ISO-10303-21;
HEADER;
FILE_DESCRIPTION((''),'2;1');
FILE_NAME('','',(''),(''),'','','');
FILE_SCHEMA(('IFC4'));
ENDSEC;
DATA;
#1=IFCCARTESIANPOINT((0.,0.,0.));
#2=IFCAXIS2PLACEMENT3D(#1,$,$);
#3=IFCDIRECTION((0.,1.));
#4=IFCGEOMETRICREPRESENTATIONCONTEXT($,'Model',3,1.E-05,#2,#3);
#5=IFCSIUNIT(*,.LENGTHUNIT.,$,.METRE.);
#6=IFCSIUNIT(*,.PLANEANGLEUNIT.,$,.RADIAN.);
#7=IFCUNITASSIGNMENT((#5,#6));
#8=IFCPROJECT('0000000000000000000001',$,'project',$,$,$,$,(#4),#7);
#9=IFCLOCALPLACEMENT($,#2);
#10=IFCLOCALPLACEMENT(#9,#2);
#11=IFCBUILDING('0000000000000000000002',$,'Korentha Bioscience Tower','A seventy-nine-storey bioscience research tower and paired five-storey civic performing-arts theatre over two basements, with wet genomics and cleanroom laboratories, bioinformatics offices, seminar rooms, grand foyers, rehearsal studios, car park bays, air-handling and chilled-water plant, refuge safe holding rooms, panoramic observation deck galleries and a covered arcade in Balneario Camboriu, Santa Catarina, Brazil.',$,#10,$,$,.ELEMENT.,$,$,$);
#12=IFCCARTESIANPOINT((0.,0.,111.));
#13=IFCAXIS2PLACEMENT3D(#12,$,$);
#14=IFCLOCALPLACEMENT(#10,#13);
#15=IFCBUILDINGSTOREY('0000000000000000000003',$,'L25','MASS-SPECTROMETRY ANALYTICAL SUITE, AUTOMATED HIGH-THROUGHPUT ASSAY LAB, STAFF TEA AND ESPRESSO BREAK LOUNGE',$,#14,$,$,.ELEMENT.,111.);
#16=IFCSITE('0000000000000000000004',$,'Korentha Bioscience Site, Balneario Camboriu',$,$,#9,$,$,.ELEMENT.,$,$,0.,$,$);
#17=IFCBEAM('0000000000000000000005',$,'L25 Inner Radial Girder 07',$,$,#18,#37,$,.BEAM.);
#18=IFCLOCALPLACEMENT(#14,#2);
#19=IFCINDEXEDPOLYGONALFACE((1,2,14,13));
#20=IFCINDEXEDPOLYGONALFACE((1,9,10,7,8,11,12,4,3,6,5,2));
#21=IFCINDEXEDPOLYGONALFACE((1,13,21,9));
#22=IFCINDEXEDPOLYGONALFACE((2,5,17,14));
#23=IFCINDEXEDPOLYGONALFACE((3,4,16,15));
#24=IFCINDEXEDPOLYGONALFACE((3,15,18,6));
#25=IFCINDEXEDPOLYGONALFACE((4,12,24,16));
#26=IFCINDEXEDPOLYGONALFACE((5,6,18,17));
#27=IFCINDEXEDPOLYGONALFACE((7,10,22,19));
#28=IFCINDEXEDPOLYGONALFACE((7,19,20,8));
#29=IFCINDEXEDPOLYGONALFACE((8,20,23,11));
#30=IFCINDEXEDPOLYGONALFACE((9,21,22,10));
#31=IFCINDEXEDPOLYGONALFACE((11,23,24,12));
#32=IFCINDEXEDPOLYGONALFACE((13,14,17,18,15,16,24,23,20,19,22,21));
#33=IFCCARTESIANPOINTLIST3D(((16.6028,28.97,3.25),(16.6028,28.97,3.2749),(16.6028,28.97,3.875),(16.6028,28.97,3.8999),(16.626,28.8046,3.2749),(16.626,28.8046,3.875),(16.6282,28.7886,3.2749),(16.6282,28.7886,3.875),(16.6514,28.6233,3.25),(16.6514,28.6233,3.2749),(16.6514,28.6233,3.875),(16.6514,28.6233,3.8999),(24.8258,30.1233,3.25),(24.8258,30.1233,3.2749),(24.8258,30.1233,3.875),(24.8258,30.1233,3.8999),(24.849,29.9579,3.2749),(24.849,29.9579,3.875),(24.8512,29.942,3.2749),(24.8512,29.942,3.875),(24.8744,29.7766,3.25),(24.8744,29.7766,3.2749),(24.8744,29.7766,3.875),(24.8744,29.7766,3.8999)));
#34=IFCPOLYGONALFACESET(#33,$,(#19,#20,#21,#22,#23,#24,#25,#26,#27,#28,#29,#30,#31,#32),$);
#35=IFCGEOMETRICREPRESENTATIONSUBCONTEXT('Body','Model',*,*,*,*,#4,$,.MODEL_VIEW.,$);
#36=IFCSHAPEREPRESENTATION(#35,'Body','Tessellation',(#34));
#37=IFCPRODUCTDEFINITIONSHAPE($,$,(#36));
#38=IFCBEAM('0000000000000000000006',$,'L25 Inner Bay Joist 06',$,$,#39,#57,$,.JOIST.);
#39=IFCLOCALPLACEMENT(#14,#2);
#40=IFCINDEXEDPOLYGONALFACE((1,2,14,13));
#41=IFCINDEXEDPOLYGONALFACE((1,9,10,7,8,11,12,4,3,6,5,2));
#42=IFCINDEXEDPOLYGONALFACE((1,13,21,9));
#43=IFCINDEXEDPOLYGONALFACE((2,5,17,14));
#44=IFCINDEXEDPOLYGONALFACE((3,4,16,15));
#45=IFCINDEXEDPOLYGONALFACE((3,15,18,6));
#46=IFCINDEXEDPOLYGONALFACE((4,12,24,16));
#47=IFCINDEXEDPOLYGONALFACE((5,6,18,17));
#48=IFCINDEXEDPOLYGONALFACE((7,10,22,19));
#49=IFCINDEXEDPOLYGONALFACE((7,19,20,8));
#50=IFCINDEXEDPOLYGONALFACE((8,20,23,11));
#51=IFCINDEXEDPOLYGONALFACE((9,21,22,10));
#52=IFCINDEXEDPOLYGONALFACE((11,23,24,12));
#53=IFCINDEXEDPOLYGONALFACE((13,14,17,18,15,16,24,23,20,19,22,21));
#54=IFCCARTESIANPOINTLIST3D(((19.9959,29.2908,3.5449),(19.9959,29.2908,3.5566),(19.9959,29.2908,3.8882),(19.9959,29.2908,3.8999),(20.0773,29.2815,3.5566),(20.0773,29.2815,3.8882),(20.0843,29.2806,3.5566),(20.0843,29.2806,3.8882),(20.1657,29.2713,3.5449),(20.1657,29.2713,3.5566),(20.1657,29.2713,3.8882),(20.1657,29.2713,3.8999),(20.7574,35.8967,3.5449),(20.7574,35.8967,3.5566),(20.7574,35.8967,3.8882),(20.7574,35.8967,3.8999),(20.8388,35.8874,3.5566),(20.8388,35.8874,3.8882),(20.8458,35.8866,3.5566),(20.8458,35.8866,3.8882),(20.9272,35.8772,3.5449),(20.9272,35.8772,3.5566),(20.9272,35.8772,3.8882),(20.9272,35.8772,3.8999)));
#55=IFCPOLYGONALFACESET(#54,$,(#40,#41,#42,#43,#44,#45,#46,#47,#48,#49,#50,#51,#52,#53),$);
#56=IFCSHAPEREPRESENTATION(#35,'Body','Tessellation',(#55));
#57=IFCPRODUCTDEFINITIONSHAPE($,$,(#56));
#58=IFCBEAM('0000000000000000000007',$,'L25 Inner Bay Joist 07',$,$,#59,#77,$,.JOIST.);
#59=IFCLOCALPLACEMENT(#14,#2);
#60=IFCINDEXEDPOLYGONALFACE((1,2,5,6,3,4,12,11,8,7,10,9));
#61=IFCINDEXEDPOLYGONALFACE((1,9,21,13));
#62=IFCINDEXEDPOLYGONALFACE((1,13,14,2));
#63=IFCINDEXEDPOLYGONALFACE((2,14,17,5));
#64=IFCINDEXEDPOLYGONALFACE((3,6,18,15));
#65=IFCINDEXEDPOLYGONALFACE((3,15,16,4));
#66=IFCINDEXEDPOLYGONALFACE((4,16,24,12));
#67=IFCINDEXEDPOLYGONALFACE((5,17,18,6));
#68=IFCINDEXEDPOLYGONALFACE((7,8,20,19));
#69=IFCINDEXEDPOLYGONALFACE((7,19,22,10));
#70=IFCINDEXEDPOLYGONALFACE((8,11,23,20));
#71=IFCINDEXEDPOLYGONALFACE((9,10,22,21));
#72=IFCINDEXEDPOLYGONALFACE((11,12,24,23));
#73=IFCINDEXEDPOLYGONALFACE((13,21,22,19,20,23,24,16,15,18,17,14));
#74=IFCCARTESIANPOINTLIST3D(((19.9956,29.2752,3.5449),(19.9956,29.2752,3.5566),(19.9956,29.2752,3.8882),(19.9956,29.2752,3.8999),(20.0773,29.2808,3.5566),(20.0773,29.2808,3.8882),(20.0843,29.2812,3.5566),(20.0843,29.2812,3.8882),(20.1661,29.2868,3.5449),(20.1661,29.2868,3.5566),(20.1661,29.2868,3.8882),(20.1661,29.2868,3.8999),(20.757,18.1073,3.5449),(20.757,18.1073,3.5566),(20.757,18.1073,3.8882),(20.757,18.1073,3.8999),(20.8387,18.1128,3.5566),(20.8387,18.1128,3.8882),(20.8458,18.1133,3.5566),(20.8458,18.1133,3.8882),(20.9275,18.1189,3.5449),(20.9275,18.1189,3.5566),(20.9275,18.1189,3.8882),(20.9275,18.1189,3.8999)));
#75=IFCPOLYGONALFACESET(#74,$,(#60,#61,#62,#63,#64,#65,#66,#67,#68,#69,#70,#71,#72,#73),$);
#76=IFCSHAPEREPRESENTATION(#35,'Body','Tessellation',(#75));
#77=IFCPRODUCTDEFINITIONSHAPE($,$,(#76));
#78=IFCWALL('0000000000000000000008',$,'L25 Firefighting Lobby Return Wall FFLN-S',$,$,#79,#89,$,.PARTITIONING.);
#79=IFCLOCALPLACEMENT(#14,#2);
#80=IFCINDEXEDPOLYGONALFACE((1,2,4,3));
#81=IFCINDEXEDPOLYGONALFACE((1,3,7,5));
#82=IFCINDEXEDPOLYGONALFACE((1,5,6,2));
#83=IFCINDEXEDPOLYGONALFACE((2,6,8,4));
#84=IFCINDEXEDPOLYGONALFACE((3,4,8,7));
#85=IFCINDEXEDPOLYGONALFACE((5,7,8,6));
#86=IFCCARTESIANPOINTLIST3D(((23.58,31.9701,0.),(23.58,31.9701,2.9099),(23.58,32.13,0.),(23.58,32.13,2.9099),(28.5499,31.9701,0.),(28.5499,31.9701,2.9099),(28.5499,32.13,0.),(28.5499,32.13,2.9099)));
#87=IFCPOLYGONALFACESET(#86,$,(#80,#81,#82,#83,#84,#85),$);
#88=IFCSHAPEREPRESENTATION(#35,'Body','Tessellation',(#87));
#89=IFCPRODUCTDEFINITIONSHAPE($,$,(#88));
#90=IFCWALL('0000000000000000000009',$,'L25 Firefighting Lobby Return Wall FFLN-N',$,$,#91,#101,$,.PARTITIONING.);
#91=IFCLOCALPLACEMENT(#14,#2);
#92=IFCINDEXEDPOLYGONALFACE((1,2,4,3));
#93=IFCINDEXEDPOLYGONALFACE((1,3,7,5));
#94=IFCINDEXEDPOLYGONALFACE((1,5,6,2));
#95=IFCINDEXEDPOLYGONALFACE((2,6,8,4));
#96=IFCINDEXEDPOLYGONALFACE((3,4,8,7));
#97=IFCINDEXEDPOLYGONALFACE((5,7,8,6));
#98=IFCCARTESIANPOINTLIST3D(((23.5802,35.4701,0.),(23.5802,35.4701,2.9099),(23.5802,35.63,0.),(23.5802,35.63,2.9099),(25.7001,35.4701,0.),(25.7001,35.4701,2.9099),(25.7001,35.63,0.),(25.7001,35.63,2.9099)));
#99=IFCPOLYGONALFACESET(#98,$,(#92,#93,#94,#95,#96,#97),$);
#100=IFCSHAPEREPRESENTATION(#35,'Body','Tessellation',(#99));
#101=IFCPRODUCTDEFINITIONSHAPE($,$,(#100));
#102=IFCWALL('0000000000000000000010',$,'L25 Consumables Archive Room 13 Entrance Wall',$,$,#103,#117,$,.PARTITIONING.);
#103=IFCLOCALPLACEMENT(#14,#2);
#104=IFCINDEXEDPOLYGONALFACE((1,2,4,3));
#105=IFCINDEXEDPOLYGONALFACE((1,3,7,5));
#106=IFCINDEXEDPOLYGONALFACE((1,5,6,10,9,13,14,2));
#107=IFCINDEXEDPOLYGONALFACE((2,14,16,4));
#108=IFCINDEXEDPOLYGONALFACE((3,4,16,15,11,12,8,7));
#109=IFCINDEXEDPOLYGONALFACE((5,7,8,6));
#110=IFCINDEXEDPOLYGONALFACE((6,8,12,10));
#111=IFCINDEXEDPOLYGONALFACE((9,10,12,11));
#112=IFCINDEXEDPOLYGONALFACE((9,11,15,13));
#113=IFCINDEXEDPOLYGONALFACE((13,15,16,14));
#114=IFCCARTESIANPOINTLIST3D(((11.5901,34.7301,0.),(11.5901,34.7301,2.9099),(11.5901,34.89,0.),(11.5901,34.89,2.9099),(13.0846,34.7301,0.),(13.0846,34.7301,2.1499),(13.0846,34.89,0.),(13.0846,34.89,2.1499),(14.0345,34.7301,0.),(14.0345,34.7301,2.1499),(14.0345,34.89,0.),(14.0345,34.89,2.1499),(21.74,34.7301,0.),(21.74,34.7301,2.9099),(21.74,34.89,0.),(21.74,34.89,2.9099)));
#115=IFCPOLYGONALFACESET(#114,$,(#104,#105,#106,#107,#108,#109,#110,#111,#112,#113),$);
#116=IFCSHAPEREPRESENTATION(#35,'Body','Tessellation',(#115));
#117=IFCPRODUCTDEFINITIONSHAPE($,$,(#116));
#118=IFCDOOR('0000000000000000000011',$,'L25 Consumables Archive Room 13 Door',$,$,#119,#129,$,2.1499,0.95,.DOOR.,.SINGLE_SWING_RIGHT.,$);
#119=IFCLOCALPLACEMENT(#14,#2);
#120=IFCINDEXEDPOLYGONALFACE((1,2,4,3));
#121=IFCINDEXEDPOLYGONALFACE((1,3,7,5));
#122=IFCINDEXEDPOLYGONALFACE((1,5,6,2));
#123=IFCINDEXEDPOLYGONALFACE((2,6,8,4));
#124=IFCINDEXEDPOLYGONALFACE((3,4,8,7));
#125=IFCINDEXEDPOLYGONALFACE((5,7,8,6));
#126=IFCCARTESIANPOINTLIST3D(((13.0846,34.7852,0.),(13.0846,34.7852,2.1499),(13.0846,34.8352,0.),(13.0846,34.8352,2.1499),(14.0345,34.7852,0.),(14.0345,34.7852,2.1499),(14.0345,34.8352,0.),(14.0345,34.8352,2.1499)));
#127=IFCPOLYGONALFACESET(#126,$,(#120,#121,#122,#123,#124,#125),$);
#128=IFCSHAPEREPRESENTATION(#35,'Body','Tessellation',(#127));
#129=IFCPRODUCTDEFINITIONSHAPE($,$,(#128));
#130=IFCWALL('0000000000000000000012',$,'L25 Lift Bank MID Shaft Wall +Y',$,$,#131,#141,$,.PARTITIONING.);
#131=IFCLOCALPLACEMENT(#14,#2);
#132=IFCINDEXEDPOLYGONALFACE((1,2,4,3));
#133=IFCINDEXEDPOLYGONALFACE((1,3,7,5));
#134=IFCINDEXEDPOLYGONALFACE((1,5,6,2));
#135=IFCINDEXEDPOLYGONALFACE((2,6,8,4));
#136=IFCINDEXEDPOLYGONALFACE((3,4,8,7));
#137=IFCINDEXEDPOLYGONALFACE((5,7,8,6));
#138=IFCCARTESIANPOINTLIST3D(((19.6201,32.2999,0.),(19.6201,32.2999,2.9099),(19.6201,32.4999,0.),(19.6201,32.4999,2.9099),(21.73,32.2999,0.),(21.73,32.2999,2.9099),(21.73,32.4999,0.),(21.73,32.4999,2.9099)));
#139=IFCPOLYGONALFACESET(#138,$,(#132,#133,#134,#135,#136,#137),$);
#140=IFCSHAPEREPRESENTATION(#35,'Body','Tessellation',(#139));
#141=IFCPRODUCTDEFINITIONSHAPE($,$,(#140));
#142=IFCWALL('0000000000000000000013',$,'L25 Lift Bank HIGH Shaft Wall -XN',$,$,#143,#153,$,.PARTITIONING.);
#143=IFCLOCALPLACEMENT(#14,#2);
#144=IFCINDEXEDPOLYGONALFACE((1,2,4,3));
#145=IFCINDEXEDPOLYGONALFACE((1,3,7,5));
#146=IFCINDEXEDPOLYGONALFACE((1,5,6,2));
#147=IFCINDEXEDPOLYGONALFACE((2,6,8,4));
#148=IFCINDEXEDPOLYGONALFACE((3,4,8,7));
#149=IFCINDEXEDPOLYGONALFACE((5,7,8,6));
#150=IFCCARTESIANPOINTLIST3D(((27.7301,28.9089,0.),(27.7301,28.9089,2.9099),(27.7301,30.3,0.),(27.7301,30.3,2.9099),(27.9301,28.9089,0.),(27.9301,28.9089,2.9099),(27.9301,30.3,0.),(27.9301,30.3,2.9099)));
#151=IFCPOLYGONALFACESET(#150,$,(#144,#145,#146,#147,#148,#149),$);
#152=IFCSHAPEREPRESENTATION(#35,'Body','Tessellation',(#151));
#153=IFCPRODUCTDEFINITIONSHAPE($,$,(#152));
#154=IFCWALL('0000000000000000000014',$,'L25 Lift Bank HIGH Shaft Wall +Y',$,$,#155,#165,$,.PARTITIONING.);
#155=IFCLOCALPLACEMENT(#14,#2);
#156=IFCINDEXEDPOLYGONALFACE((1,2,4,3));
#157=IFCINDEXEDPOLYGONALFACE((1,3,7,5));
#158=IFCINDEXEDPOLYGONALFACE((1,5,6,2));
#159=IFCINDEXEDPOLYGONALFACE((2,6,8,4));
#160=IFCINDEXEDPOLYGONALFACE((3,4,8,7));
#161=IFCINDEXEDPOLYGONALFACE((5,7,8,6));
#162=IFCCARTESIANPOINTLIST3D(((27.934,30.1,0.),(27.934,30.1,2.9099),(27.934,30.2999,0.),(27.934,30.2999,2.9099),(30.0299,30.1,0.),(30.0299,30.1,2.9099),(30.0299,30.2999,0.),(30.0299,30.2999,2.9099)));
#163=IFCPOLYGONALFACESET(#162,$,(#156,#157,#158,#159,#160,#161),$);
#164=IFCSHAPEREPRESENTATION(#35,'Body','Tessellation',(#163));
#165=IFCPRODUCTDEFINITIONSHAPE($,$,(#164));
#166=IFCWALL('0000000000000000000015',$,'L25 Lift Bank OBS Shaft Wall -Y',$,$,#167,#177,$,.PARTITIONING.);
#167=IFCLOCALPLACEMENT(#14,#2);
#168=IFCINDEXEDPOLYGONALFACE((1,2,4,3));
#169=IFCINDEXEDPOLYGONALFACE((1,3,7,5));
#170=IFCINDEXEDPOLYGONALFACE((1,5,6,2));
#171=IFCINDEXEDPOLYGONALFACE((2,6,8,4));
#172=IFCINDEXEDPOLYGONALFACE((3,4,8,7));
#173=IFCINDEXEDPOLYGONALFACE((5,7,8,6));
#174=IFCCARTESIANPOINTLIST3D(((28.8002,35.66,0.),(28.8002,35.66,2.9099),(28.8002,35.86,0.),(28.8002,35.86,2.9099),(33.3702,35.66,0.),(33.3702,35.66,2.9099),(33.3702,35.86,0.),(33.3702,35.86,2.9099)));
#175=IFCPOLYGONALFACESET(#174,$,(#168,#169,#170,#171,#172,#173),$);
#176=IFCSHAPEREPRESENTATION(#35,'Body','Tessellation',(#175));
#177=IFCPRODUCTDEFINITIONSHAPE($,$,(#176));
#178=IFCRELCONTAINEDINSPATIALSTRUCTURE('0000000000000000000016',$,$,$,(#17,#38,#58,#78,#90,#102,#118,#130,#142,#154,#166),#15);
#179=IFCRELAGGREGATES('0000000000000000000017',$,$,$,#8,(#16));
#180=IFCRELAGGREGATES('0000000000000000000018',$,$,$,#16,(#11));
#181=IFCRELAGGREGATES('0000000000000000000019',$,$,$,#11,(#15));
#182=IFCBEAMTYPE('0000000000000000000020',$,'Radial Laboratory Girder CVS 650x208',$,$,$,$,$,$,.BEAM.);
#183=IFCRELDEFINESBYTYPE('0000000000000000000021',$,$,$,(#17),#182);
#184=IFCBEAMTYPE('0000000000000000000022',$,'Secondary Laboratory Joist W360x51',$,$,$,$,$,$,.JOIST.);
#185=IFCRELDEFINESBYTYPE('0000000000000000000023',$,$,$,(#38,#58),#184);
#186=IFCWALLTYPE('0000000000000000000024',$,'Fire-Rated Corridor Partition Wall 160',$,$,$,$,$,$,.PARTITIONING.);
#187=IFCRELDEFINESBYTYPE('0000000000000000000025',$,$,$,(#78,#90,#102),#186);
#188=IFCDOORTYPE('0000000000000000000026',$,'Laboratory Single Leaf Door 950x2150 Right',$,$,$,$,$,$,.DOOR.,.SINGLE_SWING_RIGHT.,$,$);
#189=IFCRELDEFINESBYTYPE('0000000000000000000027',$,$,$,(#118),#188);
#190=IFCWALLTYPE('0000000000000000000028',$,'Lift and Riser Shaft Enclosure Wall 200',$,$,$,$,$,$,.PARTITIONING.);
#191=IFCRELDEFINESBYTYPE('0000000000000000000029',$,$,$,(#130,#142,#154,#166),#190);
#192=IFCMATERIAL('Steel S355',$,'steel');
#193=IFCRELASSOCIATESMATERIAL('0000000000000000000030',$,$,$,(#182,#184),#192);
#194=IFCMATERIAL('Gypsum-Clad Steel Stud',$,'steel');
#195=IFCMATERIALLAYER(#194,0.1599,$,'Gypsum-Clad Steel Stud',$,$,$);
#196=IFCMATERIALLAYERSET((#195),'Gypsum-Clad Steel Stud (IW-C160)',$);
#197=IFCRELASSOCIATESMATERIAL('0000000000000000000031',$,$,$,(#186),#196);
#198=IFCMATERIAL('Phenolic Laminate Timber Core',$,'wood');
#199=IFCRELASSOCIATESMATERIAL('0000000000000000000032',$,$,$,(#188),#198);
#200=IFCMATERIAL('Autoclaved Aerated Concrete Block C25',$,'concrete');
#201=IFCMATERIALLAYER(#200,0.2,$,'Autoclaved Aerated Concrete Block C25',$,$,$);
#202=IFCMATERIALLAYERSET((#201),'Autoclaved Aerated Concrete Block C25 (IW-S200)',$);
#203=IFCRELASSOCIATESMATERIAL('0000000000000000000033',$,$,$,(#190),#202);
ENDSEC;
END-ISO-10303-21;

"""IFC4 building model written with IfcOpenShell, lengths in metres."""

from ifc_helpers import new_model, si_unit, direction, frame, frame_2d, origin, origin_2d, place, context, subcontext, project, spatial, rectangle, i_section, extrude, material, layer, layer_set, material_profile, profile_set, type_object, element, fill, save


model = new_model("IFC4")

# Units and contexts
model_context = context("Model", 3, precision=1e-05, world=origin(), true_north=direction((0.0, 1.0)))
body_context = subcontext(model_context, "Body", "Model", "MODEL_VIEW")
ifc_project = project(units=[si_unit("LENGTHUNIT", "METRE"), si_unit("PLANEANGLEUNIT", "RADIAN")], contexts=[model_context])

# Site, building, storey
site_placement = place(None, origin())
site = spatial("IfcSite", under=ifc_project, at=site_placement, Name="Korentha Bioscience Site, Balneario Camboriu", CompositionType="ELEMENT", RefElevation=0.0)
building_placement = place(site_placement, origin())
building = spatial("IfcBuilding", under=site, at=building_placement, Name="Korentha Bioscience Tower", Description="A seventy-nine-storey bioscience research tower and paired five-storey civic performing-arts theatre over two basements, with wet genomics and cleanroom laboratories, bioinformatics offices, seminar rooms, grand foyers, rehearsal studios, car park bays, air-handling and chilled-water plant, refuge safe holding rooms, panoramic observation deck galleries and a covered arcade in Balneario Camboriu, Santa Catarina, Brazil.", CompositionType="ELEMENT")
storey_placement = place(building_placement, frame((0.0, 0.0, 111.0)))
storey = spatial("IfcBuildingStorey", under=building, at=storey_placement, Name="L25", Description="MASS-SPECTROMETRY ANALYTICAL SUITE, AUTOMATED HIGH-THROUGHPUT ASSAY LAB, STAFF TEA AND ESPRESSO BREAK LOUNGE", CompositionType="ELEMENT", Elevation=111.0)

# Beams
ifc_material_1 = material(Name="Steel S355", Category="steel")
ifc_material_profile_1 = material_profile(ifc_material_1, i_section(OverallWidth=0.3501, OverallDepth=0.6499, WebThickness=0.0161, FlangeThickness=0.0249, at=origin_2d()), Name="Steel S355")
ifc_profile_set_1 = profile_set([ifc_material_profile_1], Name="Steel S355 (RB-650)")
beam_type_1 = type_object("IfcBeamType", Name="Radial Laboratory Girder CVS 650x208", PredefinedType="BEAM", material=ifc_profile_set_1)
beam_1_placement = place(storey_placement, frame((24.8501, 29.95, 3.575), z_axis=(-0.990307, -0.138898, 0.0), x_axis=(0.138898, -0.990307, 0.0)))
element("IfcBeam", 1, at=beam_1_placement, inside=storey, type_object=beam_type_1, Name="L25 Inner Radial Girder 07", PredefinedType="BEAM", context=body_context, shape_type="SweptSolid", body=[
    extrude(i_section(OverallWidth=0.3501, OverallDepth=0.6499, WebThickness=0.0161, FlangeThickness=0.0249, at=origin_2d()), origin(), (0.0, 0.0, 1.0), 8.3035),
])
ifc_material_profile_2 = material_profile(ifc_material_1, i_section(OverallWidth=0.1709, OverallDepth=0.355, WebThickness=0.0071, FlangeThickness=0.0117, at=origin_2d()), Name="Steel S355")
ifc_profile_set_2 = profile_set([ifc_material_profile_2], Name="Steel S355 (JB-360)")
beam_type_2 = type_object("IfcBeamType", Name="Secondary Laboratory Joist W360x51", PredefinedType="JOIST", material=ifc_profile_set_2)
beam_2_placement = place(storey_placement, frame((20.8423, 35.887, 3.7224), z_axis=(-0.114513, -0.993422, 0.0), x_axis=(0.993422, -0.114513, 0.0)))
element("IfcBeam", 2, at=beam_2_placement, inside=storey, type_object=beam_type_2, Name="L25 Inner Bay Joist 06", PredefinedType="JOIST", context=body_context, shape_type="SweptSolid", body=[
    extrude(i_section(OverallWidth=0.1709, OverallDepth=0.355, WebThickness=0.0071, FlangeThickness=0.0117, at=origin_2d()), origin(), (0.0, 0.0, 1.0), 6.6497),
])
beam_3_placement = place(storey_placement, frame((20.0808, 29.281, 3.7224), z_axis=(0.068026, -0.997684, 0.0), x_axis=(0.997684, 0.068026, 0.0)))
element("IfcBeam", 3, at=beam_3_placement, inside=storey, type_object=beam_type_2, Name="L25 Inner Bay Joist 07", PredefinedType="JOIST", context=body_context, shape_type="SweptSolid", body=[
    extrude(i_section(OverallWidth=0.1709, OverallDepth=0.355, WebThickness=0.0071, FlangeThickness=0.0117, at=origin_2d()), origin(), (0.0, 0.0, 1.0), 11.1938),
])

# Shared definitions
ifc_material_2 = material(Name="Gypsum-Clad Steel Stud", Category="steel")
ifc_layer_1 = layer(ifc_material_2, 0.1599, Name="Gypsum-Clad Steel Stud")
ifc_layer_set_1 = layer_set([ifc_layer_1], Name="Gypsum-Clad Steel Stud (IW-C160)")
wall_type_1 = type_object("IfcWallType", Name="Fire-Rated Corridor Partition Wall 160", PredefinedType="PARTITIONING", material=ifc_layer_set_1)

# Walls
wall_1_placement = place(storey_placement, frame((23.5801, 32.05, 0.0), z_axis=(0.0, 0.0, 1.0), x_axis=(1.0, 0.0, 0.0)))
element("IfcWall", 4, at=wall_1_placement, inside=storey, type_object=wall_type_1, Name="L25 Firefighting Lobby Return Wall FFLN-S", PredefinedType="PARTITIONING", context=body_context, shape_type="SweptSolid", body=[
    extrude(rectangle(XDim=4.97, YDim=0.1599, at=frame_2d((2.4849, 0.0))), origin(), (0.0, 0.0, 1.0), 2.9099),
])
wall_2_placement = place(storey_placement, frame((23.5801, 35.55, 0.0), z_axis=(0.0, 0.0, 1.0), x_axis=(1.0, 0.0, 0.0)))
element("IfcWall", 5, at=wall_2_placement, inside=storey, type_object=wall_type_1, Name="L25 Firefighting Lobby Return Wall FFLN-N", PredefinedType="PARTITIONING", context=body_context, shape_type="SweptSolid", body=[
    extrude(rectangle(XDim=2.1199, YDim=0.1599, at=frame_2d((1.0601, 0.0))), origin(), (0.0, 0.0, 1.0), 2.9099),
])

# Wall, opening, door
wall_3_placement = place(storey_placement, frame((21.74, 34.8101, 0.0), z_axis=(0.0, 0.0, 1.0), x_axis=(-1.0, 0.0, 0.0)))
wall_3 = element("IfcWall", 6, at=wall_3_placement, inside=storey, type_object=wall_type_1, Name="L25 Consumables Archive Room 13 Entrance Wall", PredefinedType="PARTITIONING", context=body_context, shape_type="SweptSolid", body=[
    extrude(rectangle(XDim=10.1499, YDim=0.1599, at=frame_2d((5.075, 0.0))), origin(), (0.0, 0.0, 1.0), 2.9099),
])
opening_1_placement = place(wall_3_placement, frame((7.7053, 0.0, 0.0)))
opening_1 = element("IfcOpeningElement", 7, at=opening_1_placement, cuts=wall_3, PredefinedType="OPENING", context=body_context, shape_type="SweptSolid", body=[
    extrude(rectangle(XDim=0.95, YDim=2.1499, at=frame_2d((0.4751, 1.075))), frame((0.0, 0.0947, 0.0), z_axis=(0.0, -1.0, 0.0), x_axis=(1.0, 0.0, 0.0)), (0.0, 0.0, 1.0), 0.1897),
])
ifc_material_3 = material(Name="Phenolic Laminate Timber Core", Category="wood")
door_type_1 = type_object("IfcDoorType", Name="Laboratory Single Leaf Door 950x2150 Right", OperationType="SINGLE_SWING_RIGHT", PredefinedType="DOOR", material=ifc_material_3)
door_1_placement = place(opening_1_placement, origin())
door_1 = element("IfcDoor", 8, at=door_1_placement, inside=storey, type_object=door_type_1, Name="L25 Consumables Archive Room 13 Door", OperationType="SINGLE_SWING_RIGHT", OverallHeight=2.1499, OverallWidth=0.95, PredefinedType="DOOR", context=body_context, shape_type="SweptSolid", body=[
    extrude(rectangle(XDim=0.95, YDim=2.1499, at=frame_2d((0.4751, 1.075))), frame((0.0, 0.0249, 0.0), z_axis=(0.0, -1.0, 0.0), x_axis=(1.0, 0.0, 0.0)), (0.0, 0.0, 1.0), 0.05),
])
fill(opening_1, door_1)

# Walls
ifc_material_4 = material(Name="Autoclaved Aerated Concrete Block C25", Category="concrete")
ifc_layer_2 = layer(ifc_material_4, 0.2, Name="Autoclaved Aerated Concrete Block C25")
ifc_layer_set_2 = layer_set([ifc_layer_2], Name="Autoclaved Aerated Concrete Block C25 (IW-S200)")
wall_type_2 = type_object("IfcWallType", Name="Lift and Riser Shaft Enclosure Wall 200", PredefinedType="PARTITIONING", material=ifc_layer_set_2)
wall_4_placement = place(storey_placement, frame((19.6201, 32.3999, 0.0), z_axis=(0.0, 0.0, 1.0), x_axis=(1.0, 0.0, 0.0)))
element("IfcWall", 9, at=wall_4_placement, inside=storey, type_object=wall_type_2, Name="L25 Lift Bank MID Shaft Wall +Y", PredefinedType="PARTITIONING", context=body_context, shape_type="SweptSolid", body=[
    extrude(rectangle(XDim=2.1099, YDim=0.2, at=frame_2d((1.0549, 0.0))), origin(), (0.0, 0.0, 1.0), 2.9099),
])
wall_5_placement = place(storey_placement, frame((27.8301, 28.9089, 0.0), z_axis=(0.0, 0.0, 1.0), x_axis=(0.0, 1.0, 0.0)))
element("IfcWall", 10, at=wall_5_placement, inside=storey, type_object=wall_type_2, Name="L25 Lift Bank HIGH Shaft Wall -XN", PredefinedType="PARTITIONING", context=body_context, shape_type="SweptSolid", body=[
    extrude(rectangle(XDim=1.3911, YDim=0.2, at=frame_2d((0.6956, 0.0))), origin(), (0.0, 0.0, 1.0), 2.9099),
])
wall_6_placement = place(storey_placement, frame((27.9341, 30.2, 0.0), z_axis=(0.0, 0.0, 1.0), x_axis=(1.0, 0.0, 0.0)))
element("IfcWall", 11, at=wall_6_placement, inside=storey, type_object=wall_type_2, Name="L25 Lift Bank HIGH Shaft Wall +Y", PredefinedType="PARTITIONING", context=body_context, shape_type="SweptSolid", body=[
    extrude(rectangle(XDim=2.0959, YDim=0.2, at=frame_2d((1.0479, 0.0))), origin(), (0.0, 0.0, 1.0), 2.9099),
])
wall_7_placement = place(storey_placement, frame((28.8, 35.76, 0.0), z_axis=(0.0, 0.0, 1.0), x_axis=(1.0, 0.0, 0.0)))
element("IfcWall", 12, at=wall_7_placement, inside=storey, type_object=wall_type_2, Name="L25 Lift Bank OBS Shaft Wall -Y", PredefinedType="PARTITIONING", context=body_context, shape_type="SweptSolid", body=[
    extrude(rectangle(XDim=4.5701, YDim=0.2, at=frame_2d((2.2852, 0.0))), origin(), (0.0, 0.0, 1.0), 2.9099),
])

save(model, "model.ifc")
